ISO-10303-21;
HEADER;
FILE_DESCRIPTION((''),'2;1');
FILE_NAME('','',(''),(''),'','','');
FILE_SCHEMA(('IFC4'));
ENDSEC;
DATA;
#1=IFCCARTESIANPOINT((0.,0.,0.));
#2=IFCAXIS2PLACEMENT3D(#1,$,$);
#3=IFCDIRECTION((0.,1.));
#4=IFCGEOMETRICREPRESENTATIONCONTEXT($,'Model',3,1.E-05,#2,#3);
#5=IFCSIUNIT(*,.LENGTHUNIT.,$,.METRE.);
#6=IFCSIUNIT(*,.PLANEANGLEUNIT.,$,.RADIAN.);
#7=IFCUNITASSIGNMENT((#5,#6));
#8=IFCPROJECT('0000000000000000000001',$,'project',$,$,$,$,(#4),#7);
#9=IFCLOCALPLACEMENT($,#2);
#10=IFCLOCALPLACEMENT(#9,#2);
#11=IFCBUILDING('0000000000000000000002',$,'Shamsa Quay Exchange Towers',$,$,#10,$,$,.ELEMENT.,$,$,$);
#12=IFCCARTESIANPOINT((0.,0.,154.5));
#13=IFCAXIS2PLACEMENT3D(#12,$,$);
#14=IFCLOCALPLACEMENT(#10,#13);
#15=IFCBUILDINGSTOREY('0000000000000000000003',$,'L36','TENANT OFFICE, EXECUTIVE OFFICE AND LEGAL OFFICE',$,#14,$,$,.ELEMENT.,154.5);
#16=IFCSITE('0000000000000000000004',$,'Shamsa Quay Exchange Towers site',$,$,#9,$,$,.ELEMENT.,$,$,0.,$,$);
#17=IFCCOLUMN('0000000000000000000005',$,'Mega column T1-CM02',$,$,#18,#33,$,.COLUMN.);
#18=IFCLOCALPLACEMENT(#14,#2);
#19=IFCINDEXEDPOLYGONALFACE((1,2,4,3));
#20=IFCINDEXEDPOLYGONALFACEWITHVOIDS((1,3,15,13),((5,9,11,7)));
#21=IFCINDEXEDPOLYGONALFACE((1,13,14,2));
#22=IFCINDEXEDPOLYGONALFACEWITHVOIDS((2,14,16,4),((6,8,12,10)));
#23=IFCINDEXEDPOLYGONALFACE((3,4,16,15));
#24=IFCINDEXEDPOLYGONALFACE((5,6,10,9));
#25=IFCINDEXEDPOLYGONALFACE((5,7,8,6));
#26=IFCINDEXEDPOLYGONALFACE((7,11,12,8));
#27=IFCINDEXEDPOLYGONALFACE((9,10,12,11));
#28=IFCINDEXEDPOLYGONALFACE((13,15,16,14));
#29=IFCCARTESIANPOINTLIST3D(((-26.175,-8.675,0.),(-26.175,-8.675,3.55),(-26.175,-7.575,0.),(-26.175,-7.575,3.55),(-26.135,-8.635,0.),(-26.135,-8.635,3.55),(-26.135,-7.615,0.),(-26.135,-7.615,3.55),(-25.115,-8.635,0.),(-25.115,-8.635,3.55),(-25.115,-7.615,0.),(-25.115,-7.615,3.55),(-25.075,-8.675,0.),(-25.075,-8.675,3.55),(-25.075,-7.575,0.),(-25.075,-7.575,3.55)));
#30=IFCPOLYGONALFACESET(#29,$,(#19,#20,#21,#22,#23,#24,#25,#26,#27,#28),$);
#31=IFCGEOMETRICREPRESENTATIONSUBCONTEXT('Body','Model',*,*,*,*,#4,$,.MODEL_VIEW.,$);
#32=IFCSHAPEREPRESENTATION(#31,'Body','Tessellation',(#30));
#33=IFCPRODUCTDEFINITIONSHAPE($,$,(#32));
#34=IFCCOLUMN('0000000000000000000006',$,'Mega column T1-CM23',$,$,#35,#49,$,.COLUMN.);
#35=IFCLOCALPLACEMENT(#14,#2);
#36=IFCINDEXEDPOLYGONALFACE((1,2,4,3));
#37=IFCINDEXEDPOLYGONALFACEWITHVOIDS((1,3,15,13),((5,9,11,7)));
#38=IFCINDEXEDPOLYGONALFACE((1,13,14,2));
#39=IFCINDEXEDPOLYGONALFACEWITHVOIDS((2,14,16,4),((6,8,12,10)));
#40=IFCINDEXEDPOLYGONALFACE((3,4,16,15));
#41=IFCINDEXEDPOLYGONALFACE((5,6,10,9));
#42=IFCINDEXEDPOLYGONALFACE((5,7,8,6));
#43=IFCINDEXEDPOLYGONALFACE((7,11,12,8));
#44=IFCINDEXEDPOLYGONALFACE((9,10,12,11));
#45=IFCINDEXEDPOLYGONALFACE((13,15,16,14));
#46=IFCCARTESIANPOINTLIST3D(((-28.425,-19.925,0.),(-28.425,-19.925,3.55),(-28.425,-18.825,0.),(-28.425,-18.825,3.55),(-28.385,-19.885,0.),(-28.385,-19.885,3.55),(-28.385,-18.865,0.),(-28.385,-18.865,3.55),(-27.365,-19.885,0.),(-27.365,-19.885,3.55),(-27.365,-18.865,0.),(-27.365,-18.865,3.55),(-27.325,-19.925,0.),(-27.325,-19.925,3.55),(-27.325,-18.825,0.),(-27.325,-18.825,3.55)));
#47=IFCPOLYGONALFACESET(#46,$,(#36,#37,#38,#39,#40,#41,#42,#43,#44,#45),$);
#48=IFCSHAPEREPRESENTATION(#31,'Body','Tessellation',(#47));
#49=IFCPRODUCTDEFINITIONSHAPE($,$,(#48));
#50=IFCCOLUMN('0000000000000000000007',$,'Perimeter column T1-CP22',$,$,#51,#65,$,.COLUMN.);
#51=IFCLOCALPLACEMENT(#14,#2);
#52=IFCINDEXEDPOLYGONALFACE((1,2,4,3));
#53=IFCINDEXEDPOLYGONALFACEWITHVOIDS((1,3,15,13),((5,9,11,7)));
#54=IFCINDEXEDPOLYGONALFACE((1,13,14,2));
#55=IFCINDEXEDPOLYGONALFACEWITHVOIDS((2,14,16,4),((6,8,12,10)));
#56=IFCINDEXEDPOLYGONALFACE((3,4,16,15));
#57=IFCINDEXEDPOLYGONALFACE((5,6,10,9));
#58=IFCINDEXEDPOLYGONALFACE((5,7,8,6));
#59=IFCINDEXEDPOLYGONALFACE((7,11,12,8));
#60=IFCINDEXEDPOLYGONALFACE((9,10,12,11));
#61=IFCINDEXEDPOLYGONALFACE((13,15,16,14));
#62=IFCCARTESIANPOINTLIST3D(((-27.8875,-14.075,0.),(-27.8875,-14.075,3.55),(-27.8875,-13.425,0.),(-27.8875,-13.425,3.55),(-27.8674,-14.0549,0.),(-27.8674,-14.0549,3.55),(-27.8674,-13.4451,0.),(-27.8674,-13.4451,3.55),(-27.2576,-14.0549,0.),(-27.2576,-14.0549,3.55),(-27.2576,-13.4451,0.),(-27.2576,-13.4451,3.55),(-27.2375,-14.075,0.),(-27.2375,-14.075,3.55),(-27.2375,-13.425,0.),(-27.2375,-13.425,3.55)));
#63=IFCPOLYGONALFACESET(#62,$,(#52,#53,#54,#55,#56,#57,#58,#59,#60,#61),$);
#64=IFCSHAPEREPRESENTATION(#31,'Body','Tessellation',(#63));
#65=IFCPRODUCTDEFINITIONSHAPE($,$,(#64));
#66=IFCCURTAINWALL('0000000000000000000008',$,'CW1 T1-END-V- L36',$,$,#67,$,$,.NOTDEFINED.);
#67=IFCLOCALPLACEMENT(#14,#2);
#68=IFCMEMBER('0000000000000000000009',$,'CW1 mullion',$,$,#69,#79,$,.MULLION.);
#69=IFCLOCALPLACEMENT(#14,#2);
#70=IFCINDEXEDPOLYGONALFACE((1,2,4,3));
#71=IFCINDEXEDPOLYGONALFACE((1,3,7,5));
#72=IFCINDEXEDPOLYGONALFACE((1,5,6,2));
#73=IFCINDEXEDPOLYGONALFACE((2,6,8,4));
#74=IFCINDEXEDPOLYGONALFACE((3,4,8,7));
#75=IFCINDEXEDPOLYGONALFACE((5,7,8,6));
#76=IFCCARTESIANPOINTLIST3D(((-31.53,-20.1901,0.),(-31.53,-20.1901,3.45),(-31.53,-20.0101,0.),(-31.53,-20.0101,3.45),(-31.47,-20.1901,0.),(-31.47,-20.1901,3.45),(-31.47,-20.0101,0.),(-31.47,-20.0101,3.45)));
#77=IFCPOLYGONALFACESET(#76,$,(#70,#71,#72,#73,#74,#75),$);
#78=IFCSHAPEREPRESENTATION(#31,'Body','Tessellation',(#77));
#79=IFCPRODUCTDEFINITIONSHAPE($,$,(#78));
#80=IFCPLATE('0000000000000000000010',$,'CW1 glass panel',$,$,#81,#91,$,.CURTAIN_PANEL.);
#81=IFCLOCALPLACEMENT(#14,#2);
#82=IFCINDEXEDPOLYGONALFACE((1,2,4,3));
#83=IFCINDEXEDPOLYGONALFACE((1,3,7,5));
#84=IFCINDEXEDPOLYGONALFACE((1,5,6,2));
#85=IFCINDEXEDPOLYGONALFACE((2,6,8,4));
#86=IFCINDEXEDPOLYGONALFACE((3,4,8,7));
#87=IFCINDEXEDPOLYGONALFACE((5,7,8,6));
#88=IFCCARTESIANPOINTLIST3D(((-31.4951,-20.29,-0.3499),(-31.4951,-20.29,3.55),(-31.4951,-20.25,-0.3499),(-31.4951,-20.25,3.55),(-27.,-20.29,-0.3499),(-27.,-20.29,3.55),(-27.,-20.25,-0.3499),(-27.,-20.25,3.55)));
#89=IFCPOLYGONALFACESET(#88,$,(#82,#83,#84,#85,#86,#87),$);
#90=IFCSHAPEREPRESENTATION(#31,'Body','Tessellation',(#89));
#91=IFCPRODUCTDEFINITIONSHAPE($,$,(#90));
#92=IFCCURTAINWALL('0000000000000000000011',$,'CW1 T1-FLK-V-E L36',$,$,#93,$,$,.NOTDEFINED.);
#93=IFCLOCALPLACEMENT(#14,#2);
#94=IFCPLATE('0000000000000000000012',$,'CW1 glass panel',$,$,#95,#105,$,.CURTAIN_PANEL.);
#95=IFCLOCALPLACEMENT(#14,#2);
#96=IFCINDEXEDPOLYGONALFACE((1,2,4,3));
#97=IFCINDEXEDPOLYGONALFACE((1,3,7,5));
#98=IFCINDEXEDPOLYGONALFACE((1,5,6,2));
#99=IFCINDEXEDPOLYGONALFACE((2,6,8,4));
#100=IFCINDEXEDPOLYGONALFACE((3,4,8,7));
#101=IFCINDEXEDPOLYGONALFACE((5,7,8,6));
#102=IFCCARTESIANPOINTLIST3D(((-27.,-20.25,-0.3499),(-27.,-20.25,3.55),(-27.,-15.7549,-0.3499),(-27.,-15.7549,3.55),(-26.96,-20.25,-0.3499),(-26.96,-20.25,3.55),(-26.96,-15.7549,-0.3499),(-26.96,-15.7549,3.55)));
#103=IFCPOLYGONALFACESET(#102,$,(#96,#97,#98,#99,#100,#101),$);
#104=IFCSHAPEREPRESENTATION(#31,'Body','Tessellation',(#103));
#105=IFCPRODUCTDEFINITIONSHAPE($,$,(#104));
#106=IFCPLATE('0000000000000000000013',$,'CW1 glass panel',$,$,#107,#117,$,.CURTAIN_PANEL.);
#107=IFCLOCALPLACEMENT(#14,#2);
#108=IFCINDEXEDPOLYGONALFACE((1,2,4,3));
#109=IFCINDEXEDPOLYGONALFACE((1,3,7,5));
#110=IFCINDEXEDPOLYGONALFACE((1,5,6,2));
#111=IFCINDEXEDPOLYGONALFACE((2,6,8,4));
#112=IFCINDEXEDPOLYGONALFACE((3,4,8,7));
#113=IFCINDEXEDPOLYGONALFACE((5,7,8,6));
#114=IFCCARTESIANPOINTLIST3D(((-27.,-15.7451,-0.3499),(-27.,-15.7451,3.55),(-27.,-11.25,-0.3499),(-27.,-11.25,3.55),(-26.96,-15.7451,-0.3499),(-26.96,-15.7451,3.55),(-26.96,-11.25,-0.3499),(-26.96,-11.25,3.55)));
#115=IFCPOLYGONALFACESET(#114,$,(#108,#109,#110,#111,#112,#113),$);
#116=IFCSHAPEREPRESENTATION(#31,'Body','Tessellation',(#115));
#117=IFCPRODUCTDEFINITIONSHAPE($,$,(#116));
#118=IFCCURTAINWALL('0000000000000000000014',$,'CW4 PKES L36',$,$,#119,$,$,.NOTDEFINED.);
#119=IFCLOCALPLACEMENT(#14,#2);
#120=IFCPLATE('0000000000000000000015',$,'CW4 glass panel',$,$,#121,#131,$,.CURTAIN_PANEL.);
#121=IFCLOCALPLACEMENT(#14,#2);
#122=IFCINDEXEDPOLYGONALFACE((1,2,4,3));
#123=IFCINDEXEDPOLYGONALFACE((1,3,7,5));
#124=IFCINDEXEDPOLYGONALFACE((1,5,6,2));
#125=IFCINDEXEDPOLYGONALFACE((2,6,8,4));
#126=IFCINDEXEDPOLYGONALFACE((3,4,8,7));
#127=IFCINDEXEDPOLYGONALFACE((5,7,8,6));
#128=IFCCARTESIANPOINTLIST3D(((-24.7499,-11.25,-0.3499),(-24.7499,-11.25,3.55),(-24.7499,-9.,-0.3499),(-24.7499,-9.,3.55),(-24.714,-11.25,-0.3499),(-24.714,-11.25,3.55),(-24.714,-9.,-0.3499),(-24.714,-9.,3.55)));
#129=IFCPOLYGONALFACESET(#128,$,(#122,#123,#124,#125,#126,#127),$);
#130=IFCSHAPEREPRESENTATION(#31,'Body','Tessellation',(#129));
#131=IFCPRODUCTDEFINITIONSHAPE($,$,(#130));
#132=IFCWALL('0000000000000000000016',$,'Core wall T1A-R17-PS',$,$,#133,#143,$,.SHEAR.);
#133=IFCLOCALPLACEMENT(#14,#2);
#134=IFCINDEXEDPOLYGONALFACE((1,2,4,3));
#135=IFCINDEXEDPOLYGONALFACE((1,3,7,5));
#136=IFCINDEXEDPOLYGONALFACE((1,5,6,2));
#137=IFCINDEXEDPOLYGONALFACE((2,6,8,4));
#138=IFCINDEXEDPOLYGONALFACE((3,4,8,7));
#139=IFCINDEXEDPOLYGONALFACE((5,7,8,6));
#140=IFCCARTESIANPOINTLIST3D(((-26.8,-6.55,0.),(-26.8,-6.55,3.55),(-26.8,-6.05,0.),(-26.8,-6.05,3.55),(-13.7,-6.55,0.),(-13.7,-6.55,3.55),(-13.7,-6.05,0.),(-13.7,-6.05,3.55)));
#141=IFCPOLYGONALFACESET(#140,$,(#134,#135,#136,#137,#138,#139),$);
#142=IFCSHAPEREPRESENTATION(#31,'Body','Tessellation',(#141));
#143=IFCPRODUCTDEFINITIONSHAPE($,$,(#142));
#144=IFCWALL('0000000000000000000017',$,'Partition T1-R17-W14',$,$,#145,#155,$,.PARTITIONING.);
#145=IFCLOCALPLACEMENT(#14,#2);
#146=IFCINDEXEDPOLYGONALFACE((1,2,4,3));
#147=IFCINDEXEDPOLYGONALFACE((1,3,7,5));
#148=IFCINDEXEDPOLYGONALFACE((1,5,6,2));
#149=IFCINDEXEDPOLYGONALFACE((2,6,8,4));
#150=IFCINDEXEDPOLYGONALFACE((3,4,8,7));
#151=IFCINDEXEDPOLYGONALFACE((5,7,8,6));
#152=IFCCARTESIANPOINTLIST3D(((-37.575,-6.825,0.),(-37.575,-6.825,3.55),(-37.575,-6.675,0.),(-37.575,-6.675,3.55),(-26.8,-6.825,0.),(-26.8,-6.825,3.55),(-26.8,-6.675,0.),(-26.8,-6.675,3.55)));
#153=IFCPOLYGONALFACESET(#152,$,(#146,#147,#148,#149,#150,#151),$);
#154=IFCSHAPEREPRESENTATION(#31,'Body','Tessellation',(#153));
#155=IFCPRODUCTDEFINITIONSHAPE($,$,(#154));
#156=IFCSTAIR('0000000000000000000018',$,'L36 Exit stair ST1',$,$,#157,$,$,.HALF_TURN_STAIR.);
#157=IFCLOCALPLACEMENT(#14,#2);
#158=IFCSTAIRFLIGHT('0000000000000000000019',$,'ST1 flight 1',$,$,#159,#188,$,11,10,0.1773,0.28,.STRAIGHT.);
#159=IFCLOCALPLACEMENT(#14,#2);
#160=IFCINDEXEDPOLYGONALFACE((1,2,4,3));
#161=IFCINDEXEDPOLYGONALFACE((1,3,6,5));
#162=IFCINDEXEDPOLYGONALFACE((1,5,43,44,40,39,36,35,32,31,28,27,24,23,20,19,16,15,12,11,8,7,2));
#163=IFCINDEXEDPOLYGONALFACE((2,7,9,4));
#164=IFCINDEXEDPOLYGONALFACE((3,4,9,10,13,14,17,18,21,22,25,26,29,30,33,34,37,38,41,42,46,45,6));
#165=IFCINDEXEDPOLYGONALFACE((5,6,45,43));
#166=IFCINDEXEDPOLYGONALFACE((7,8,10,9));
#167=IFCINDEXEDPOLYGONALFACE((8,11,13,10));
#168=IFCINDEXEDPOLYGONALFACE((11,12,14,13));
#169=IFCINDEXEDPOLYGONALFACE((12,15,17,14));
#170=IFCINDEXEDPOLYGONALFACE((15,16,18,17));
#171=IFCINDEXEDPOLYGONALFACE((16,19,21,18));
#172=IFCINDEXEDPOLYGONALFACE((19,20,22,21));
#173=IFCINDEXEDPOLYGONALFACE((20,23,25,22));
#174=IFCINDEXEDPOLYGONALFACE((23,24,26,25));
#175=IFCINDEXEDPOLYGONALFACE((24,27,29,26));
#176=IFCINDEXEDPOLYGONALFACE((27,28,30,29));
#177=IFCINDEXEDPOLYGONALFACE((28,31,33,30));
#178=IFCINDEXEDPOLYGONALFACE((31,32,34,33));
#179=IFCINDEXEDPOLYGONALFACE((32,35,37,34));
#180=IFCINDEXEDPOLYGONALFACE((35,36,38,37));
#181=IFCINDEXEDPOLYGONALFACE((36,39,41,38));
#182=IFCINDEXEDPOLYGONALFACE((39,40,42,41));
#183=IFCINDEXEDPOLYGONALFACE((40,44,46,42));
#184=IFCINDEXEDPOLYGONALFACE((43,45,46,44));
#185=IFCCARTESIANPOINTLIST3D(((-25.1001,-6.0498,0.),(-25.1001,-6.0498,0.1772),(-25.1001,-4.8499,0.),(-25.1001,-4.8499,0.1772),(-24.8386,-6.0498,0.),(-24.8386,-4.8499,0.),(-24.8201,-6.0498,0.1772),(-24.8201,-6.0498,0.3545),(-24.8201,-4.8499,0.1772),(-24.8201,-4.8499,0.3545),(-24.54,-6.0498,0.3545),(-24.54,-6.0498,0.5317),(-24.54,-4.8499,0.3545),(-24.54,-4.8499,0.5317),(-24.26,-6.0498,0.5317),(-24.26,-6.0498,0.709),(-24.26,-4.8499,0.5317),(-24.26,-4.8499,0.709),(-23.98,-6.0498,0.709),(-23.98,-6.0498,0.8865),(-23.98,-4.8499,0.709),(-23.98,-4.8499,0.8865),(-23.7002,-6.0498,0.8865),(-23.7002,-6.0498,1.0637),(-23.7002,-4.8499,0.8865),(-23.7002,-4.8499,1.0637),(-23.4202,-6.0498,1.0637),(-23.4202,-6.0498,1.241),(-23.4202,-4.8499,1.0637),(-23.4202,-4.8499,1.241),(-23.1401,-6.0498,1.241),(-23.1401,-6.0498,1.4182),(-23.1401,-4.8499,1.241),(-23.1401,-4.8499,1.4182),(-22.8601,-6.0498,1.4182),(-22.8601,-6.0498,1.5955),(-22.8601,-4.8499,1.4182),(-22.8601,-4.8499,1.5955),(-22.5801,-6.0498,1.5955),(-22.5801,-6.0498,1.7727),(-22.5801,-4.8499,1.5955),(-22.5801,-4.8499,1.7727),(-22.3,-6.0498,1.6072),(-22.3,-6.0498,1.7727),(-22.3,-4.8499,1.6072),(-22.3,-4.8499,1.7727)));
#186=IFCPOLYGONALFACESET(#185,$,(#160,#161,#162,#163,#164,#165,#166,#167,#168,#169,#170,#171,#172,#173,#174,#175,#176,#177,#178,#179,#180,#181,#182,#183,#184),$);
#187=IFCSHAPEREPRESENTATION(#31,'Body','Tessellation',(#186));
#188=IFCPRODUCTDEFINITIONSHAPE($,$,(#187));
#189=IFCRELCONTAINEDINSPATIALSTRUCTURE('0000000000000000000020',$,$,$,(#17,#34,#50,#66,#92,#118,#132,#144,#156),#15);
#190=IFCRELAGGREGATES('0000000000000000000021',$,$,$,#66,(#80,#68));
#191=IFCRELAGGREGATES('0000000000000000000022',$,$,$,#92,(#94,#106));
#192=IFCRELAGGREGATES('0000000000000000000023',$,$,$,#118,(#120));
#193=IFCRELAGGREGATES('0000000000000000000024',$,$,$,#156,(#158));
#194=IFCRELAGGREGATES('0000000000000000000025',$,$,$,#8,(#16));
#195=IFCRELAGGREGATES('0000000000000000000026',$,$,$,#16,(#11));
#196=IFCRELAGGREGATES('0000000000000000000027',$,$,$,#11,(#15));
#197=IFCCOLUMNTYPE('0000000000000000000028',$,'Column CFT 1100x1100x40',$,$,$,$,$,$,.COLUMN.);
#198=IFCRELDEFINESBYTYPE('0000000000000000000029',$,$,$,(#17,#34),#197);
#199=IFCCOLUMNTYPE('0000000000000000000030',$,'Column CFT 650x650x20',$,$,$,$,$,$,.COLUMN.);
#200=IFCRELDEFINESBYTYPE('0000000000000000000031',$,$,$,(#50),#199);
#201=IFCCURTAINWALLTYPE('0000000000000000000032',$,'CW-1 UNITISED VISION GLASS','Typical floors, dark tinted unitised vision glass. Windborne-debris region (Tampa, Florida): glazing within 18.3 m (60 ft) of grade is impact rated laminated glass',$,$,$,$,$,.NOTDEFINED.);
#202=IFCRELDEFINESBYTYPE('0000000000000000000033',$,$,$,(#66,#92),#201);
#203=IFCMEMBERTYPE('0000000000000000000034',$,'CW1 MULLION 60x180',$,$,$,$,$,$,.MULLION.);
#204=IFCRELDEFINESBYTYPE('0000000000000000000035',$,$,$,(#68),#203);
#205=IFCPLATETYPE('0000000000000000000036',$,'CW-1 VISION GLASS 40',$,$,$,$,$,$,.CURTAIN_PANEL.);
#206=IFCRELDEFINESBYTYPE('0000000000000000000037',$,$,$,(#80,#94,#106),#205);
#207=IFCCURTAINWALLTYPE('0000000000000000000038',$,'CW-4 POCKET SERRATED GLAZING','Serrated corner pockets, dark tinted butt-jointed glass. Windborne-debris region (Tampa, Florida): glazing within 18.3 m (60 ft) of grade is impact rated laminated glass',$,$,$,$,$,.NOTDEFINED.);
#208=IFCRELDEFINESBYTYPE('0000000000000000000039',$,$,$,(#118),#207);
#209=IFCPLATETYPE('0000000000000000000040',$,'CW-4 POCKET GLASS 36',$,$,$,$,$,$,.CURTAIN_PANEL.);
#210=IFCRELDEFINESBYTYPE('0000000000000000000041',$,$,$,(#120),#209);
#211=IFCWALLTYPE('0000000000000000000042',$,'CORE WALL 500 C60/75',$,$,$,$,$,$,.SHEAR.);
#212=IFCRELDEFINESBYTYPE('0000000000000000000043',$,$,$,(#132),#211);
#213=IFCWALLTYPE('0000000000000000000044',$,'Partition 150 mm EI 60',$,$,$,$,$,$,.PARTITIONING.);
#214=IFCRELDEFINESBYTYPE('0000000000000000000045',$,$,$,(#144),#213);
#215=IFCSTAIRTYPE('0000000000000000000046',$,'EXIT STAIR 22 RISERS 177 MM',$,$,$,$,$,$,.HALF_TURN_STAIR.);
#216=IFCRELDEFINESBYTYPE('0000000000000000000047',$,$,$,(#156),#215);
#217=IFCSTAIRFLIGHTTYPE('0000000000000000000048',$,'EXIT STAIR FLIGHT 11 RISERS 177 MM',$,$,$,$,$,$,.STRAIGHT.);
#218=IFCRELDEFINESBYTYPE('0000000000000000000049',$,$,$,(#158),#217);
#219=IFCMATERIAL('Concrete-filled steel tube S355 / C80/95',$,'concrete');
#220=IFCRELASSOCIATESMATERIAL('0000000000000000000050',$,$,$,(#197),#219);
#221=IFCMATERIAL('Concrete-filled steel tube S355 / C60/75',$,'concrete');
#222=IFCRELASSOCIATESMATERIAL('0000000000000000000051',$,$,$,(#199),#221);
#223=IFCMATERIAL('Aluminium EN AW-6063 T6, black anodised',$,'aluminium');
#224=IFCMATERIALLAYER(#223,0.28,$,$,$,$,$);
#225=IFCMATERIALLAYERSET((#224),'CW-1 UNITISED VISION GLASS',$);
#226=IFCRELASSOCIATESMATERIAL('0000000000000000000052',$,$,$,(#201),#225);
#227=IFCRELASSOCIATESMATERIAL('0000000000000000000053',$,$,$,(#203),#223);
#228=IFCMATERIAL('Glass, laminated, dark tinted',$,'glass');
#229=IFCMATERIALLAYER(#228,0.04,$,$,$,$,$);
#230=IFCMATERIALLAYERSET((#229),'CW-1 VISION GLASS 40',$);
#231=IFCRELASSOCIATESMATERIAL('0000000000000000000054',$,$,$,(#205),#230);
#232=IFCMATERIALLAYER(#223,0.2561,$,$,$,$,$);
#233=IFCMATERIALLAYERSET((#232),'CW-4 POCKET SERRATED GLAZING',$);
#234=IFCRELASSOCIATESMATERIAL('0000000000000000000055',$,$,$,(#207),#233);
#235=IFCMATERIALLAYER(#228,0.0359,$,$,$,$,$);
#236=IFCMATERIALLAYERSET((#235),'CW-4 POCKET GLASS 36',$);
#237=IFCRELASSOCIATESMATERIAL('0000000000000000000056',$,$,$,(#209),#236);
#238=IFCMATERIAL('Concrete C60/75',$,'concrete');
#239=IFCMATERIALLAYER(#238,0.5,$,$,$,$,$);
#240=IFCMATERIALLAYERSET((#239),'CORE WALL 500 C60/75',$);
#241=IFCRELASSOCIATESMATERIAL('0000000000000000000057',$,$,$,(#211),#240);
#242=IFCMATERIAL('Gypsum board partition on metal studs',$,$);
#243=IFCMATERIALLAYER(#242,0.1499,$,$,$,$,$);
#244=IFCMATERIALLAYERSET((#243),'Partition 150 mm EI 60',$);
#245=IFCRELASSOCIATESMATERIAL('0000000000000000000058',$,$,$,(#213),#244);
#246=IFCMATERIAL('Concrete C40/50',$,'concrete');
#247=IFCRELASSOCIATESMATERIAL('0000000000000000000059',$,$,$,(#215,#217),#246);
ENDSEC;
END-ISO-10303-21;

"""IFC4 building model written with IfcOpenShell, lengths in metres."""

from ifc_helpers import new_model, si_unit, direction, frame, frame_2d, origin, origin_2d, place, context, subcontext, project, spatial, polyline, rectangle, hollow_rectangle, outline, extrude, material, layer, layer_set, material_profile, profile_set, type_object, element, aggregate, save


model = new_model("IFC4")

# Units and contexts
model_context = context("Model", 3, precision=1e-05, world=origin(), true_north=direction((0.0, 1.0)))
body_context = subcontext(model_context, "Body", "Model", "MODEL_VIEW")
ifc_project = project(units=[si_unit("LENGTHUNIT", "METRE"), si_unit("PLANEANGLEUNIT", "RADIAN")], contexts=[model_context])

# Site, building, storey
site_placement = place(None, origin())
site = spatial("IfcSite", under=ifc_project, at=site_placement, Name="Shamsa Quay Exchange Towers site", CompositionType="ELEMENT", RefElevation=0.0)
building_placement = place(site_placement, origin())
building = spatial("IfcBuilding", under=site, at=building_placement, Name="Shamsa Quay Exchange Towers", CompositionType="ELEMENT")
storey_placement = place(building_placement, frame((0.0, 0.0, 154.5)))
storey = spatial("IfcBuildingStorey", under=building, at=storey_placement, Name="L36", Description="TENANT OFFICE, EXECUTIVE OFFICE AND LEGAL OFFICE", CompositionType="ELEMENT", Elevation=154.5)

# Columns
ifc_material_1 = material(Name="Concrete-filled steel tube S355 / C80/95", Category="concrete")
ifc_material_profile_1 = material_profile(ifc_material_1, hollow_rectangle(XDim=1.1001, YDim=1.1001, WallThickness=0.04, at=origin_2d()), Name="CFT 1100x1100x40")
ifc_profile_set_1 = profile_set([ifc_material_profile_1], Name="Concrete-filled steel tube S355 / C80/95")
column_type_1 = type_object("IfcColumnType", Name="Column CFT 1100x1100x40", PredefinedType="COLUMN", material=ifc_profile_set_1)
for number, where, name in (
    (1, (-25.625, -8.125, 0.0), "Mega column T1-CM02"),
    (2, (-27.875, -19.375, 0.0), "Mega column T1-CM23"),
):
    element("IfcColumn", number, at=place(storey_placement, frame(where)), inside=storey, type_object=column_type_1, Name=name, PredefinedType="COLUMN", context=body_context, shape_type="SweptSolid", body=[
        extrude(hollow_rectangle(XDim=1.1001, YDim=1.1001, WallThickness=0.04, at=origin_2d()), origin(), (0.0, 0.0, 1.0), 3.55),
    ])
ifc_material_2 = material(Name="Concrete-filled steel tube S355 / C60/75", Category="concrete")
ifc_material_profile_2 = material_profile(ifc_material_2, hollow_rectangle(XDim=0.6499, YDim=0.6499, WallThickness=0.02, at=origin_2d()), Name="CFT 650x650x20")
ifc_profile_set_2 = profile_set([ifc_material_profile_2], Name="Concrete-filled steel tube S355 / C60/75")
column_type_2 = type_object("IfcColumnType", Name="Column CFT 650x650x20", PredefinedType="COLUMN", material=ifc_profile_set_2)
column_placement = place(storey_placement, frame((-27.5625, -13.75, 0.0)))
element("IfcColumn", 3, at=column_placement, inside=storey, type_object=column_type_2, Name="Perimeter column T1-CP22", PredefinedType="COLUMN", context=body_context, shape_type="SweptSolid", body=[
    extrude(hollow_rectangle(XDim=0.6499, YDim=0.6499, WallThickness=0.02, at=origin_2d()), origin(), (0.0, 0.0, 1.0), 3.55),
])

# Curtain wall, member, plate
ifc_material_3 = material(Name="Aluminium EN AW-6063 T6, black anodised", Category="aluminium")
ifc_layer_1 = layer(ifc_material_3, 0.28)
ifc_layer_set_1 = layer_set([ifc_layer_1], Name="CW-1 UNITISED VISION GLASS")
curtain_wall_type_1 = type_object("IfcCurtainWallType", Name="CW-1 UNITISED VISION GLASS", Description="Typical floors, dark tinted unitised vision glass. Windborne-debris region (Tampa, Florida): glazing within 18.3 m (60 ft) of grade is impact rated laminated glass", PredefinedType="NOTDEFINED", material=ifc_layer_set_1)
curtain_wall_1_placement = place(storey_placement, origin())
curtain_wall_1 = element("IfcCurtainWall", 4, at=curtain_wall_1_placement, inside=storey, type_object=curtain_wall_type_1, Name="CW1 T1-END-V- L36", PredefinedType="NOTDEFINED")
ifc_material_profile_3 = material_profile(ifc_material_3, rectangle(XDim=0.1799, YDim=0.0601, at=origin_2d()), Name="MU60x180")
ifc_profile_set_3 = profile_set([ifc_material_profile_3], Name="Aluminium EN AW-6063 T6, black anodised")
member_type = type_object("IfcMemberType", Name="CW1 MULLION 60x180", PredefinedType="MULLION", material=ifc_profile_set_3)
member_placement = place(storey_placement, frame((-31.5, -20.1001, 0.0), z_axis=(0.0, 0.0, 1.0), x_axis=(0.0, 1.0, 0.0)))
member = element("IfcMember", 5, at=member_placement, type_object=member_type, Name="CW1 mullion", PredefinedType="MULLION", context=body_context, shape_type="SweptSolid", body=[
    extrude(rectangle(XDim=0.1799, YDim=0.0601, at=origin_2d()), origin(), (0.0, 0.0, 1.0), 3.45),
])
ifc_material_4 = material(Name="Glass, laminated, dark tinted", Category="glass")
ifc_layer_2 = layer(ifc_material_4, 0.04)
ifc_layer_set_2 = layer_set([ifc_layer_2], Name="CW-1 VISION GLASS 40")
plate_type_1 = type_object("IfcPlateType", Name="CW-1 VISION GLASS 40", PredefinedType="CURTAIN_PANEL", material=ifc_layer_set_2)
plate_1_placement = place(storey_placement, frame((-29.2476, -20.27, -0.3499)))
plate_1 = element("IfcPlate", 6, at=plate_1_placement, type_object=plate_type_1, Name="CW1 glass panel", PredefinedType="CURTAIN_PANEL", context=body_context, shape_type="SweptSolid", body=[
    extrude(rectangle(XDim=4.4951, YDim=0.04, at=origin_2d()), origin(), (0.0, 0.0, 1.0), 3.8999),
])
aggregate(curtain_wall_1, [plate_1, member])

# Curtain wall, plates
curtain_wall_2_placement = place(storey_placement, origin())
curtain_wall_2 = element("IfcCurtainWall", 7, at=curtain_wall_2_placement, inside=storey, type_object=curtain_wall_type_1, Name="CW1 T1-FLK-V-E L36", PredefinedType="NOTDEFINED")
plate_2_placement = place(storey_placement, frame((-26.98, -18.0024, -0.3499), z_axis=(0.0, 0.0, 1.0), x_axis=(0.0, 1.0, 0.0)))
plate_2 = element("IfcPlate", 8, at=plate_2_placement, type_object=plate_type_1, Name="CW1 glass panel", PredefinedType="CURTAIN_PANEL", context=body_context, shape_type="SweptSolid", body=[
    extrude(rectangle(XDim=4.4951, YDim=0.04, at=origin_2d()), origin(), (0.0, 0.0, 1.0), 3.8999),
])
plate_3_placement = place(storey_placement, frame((-26.98, -13.4976, -0.3499), z_axis=(0.0, 0.0, 1.0), x_axis=(0.0, 1.0, 0.0)))
plate_3 = element("IfcPlate", 9, at=plate_3_placement, type_object=plate_type_1, Name="CW1 glass panel", PredefinedType="CURTAIN_PANEL", context=body_context, shape_type="SweptSolid", body=[
    extrude(rectangle(XDim=4.4951, YDim=0.04, at=origin_2d()), origin(), (0.0, 0.0, 1.0), 3.8999),
])
aggregate(curtain_wall_2, [plate_2, plate_3])

# Curtain wall, plate
ifc_layer_3 = layer(ifc_material_3, 0.2561)
ifc_layer_set_3 = layer_set([ifc_layer_3], Name="CW-4 POCKET SERRATED GLAZING")
curtain_wall_type_2 = type_object("IfcCurtainWallType", Name="CW-4 POCKET SERRATED GLAZING", Description="Serrated corner pockets, dark tinted butt-jointed glass. Windborne-debris region (Tampa, Florida): glazing within 18.3 m (60 ft) of grade is impact rated laminated glass", PredefinedType="NOTDEFINED", material=ifc_layer_set_3)
curtain_wall_3_placement = place(storey_placement, origin())
curtain_wall_3 = element("IfcCurtainWall", 10, at=curtain_wall_3_placement, inside=storey, type_object=curtain_wall_type_2, Name="CW4 PKES L36", PredefinedType="NOTDEFINED")
ifc_layer_4 = layer(ifc_material_4, 0.0359)
ifc_layer_set_4 = layer_set([ifc_layer_4], Name="CW-4 POCKET GLASS 36")
plate_type_2 = type_object("IfcPlateType", Name="CW-4 POCKET GLASS 36", PredefinedType="CURTAIN_PANEL", material=ifc_layer_set_4)
plate_4_placement = place(storey_placement, frame((-24.7319, -10.125, -0.3499), z_axis=(0.0, 0.0, 1.0), x_axis=(0.0, 1.0, 0.0)))
plate_4 = element("IfcPlate", 11, at=plate_4_placement, type_object=plate_type_2, Name="CW4 glass panel", PredefinedType="CURTAIN_PANEL", context=body_context, shape_type="SweptSolid", body=[
    extrude(rectangle(XDim=2.25, YDim=0.0359, at=origin_2d()), origin(), (0.0, 0.0, 1.0), 3.8999),
])
aggregate(curtain_wall_3, [plate_4])

# Walls
ifc_material_5 = material(Name="Concrete C60/75", Category="concrete")
ifc_layer_5 = layer(ifc_material_5, 0.5)
ifc_layer_set_5 = layer_set([ifc_layer_5], Name="CORE WALL 500 C60/75")
wall_type_1 = type_object("IfcWallType", Name="CORE WALL 500 C60/75", PredefinedType="SHEAR", material=ifc_layer_set_5)
wall_1_placement = place(storey_placement, frame((-26.8, -6.3, 0.0)))
element("IfcWall", 12, at=wall_1_placement, inside=storey, type_object=wall_type_1, Name="Core wall T1A-R17-PS", PredefinedType="SHEAR", context=body_context, shape_type="SweptSolid", body=[
    extrude(rectangle(XDim=13.1001, YDim=0.5, at=frame_2d((6.55, 0.0))), origin(), (0.0, 0.0, 1.0), 3.55),
])
ifc_material_6 = material(Name="Gypsum board partition on metal studs")
ifc_layer_6 = layer(ifc_material_6, 0.1499)
ifc_layer_set_6 = layer_set([ifc_layer_6], Name="Partition 150 mm EI 60")
wall_type_2 = type_object("IfcWallType", Name="Partition 150 mm EI 60", PredefinedType="PARTITIONING", material=ifc_layer_set_6)
wall_2_placement = place(storey_placement, frame((-26.8, -6.75, 0.0), z_axis=(0.0, 0.0, 1.0), x_axis=(-1.0, 0.0, 0.0)))
element("IfcWall", 13, at=wall_2_placement, inside=storey, type_object=wall_type_2, Name="Partition T1-R17-W14", PredefinedType="PARTITIONING", context=body_context, shape_type="SweptSolid", body=[
    extrude(rectangle(XDim=10.7749, YDim=0.1499, at=frame_2d((5.3875, 0.0))), origin(), (0.0, 0.0, 1.0), 3.55),
])

# Stair, stair flight
ifc_material_7 = material(Name="Concrete C40/50", Category="concrete")
stair_type = type_object("IfcStairType", Name="EXIT STAIR 22 RISERS 177 MM", PredefinedType="HALF_TURN_STAIR", material=ifc_material_7)
stair_placement = place(storey_placement, origin())
stair = element("IfcStair", 14, at=stair_placement, inside=storey, type_object=stair_type, Name="L36 Exit stair ST1", PredefinedType="HALF_TURN_STAIR")
stair_flight_type = type_object("IfcStairFlightType", Name="EXIT STAIR FLIGHT 11 RISERS 177 MM", PredefinedType="STRAIGHT", material=ifc_material_7)
stair_flight_placement = place(storey_placement, frame((-25.1001, -5.45, 0.0)))
stair_flight = element("IfcStairFlight", 15, at=stair_flight_placement, type_object=stair_flight_type, Name="ST1 flight 1", NumberOfRisers=11, NumberOfTreads=10, PredefinedType="STRAIGHT", RiserHeight=0.1773, TreadLength=0.28, context=body_context, shape_type="SweptSolid", body=[
    extrude(outline(polyline([(0.0, 0.0), (0.0, 0.1772), (0.28, 0.1772), (0.28, 0.3545), (0.5601, 0.3545), (0.5601, 0.5317), (0.8401, 0.5317), (0.8401, 0.709), (1.1201, 0.709), (1.1201, 0.8865), (1.3999, 0.8865), (1.3999, 1.0637), (1.6799, 1.0637), (1.6799, 1.241), (1.96, 1.241), (1.96, 1.4182), (2.24, 1.4182), (2.24, 1.5955), (2.52, 1.5955), (2.52, 1.7727), (2.8, 1.7727), (2.8, 1.95), (2.8, 1.6072), (0.2615, 0.0), (0.0, 0.0)])), frame((0.0, 0.6001, 0.0), z_axis=(0.0, -1.0, 0.0), x_axis=(1.0, 0.0, 0.0)), (0.0, 0.0, 1.0), 1.2),
])
aggregate(stair, [stair_flight])

save(model, "model.ifc")
